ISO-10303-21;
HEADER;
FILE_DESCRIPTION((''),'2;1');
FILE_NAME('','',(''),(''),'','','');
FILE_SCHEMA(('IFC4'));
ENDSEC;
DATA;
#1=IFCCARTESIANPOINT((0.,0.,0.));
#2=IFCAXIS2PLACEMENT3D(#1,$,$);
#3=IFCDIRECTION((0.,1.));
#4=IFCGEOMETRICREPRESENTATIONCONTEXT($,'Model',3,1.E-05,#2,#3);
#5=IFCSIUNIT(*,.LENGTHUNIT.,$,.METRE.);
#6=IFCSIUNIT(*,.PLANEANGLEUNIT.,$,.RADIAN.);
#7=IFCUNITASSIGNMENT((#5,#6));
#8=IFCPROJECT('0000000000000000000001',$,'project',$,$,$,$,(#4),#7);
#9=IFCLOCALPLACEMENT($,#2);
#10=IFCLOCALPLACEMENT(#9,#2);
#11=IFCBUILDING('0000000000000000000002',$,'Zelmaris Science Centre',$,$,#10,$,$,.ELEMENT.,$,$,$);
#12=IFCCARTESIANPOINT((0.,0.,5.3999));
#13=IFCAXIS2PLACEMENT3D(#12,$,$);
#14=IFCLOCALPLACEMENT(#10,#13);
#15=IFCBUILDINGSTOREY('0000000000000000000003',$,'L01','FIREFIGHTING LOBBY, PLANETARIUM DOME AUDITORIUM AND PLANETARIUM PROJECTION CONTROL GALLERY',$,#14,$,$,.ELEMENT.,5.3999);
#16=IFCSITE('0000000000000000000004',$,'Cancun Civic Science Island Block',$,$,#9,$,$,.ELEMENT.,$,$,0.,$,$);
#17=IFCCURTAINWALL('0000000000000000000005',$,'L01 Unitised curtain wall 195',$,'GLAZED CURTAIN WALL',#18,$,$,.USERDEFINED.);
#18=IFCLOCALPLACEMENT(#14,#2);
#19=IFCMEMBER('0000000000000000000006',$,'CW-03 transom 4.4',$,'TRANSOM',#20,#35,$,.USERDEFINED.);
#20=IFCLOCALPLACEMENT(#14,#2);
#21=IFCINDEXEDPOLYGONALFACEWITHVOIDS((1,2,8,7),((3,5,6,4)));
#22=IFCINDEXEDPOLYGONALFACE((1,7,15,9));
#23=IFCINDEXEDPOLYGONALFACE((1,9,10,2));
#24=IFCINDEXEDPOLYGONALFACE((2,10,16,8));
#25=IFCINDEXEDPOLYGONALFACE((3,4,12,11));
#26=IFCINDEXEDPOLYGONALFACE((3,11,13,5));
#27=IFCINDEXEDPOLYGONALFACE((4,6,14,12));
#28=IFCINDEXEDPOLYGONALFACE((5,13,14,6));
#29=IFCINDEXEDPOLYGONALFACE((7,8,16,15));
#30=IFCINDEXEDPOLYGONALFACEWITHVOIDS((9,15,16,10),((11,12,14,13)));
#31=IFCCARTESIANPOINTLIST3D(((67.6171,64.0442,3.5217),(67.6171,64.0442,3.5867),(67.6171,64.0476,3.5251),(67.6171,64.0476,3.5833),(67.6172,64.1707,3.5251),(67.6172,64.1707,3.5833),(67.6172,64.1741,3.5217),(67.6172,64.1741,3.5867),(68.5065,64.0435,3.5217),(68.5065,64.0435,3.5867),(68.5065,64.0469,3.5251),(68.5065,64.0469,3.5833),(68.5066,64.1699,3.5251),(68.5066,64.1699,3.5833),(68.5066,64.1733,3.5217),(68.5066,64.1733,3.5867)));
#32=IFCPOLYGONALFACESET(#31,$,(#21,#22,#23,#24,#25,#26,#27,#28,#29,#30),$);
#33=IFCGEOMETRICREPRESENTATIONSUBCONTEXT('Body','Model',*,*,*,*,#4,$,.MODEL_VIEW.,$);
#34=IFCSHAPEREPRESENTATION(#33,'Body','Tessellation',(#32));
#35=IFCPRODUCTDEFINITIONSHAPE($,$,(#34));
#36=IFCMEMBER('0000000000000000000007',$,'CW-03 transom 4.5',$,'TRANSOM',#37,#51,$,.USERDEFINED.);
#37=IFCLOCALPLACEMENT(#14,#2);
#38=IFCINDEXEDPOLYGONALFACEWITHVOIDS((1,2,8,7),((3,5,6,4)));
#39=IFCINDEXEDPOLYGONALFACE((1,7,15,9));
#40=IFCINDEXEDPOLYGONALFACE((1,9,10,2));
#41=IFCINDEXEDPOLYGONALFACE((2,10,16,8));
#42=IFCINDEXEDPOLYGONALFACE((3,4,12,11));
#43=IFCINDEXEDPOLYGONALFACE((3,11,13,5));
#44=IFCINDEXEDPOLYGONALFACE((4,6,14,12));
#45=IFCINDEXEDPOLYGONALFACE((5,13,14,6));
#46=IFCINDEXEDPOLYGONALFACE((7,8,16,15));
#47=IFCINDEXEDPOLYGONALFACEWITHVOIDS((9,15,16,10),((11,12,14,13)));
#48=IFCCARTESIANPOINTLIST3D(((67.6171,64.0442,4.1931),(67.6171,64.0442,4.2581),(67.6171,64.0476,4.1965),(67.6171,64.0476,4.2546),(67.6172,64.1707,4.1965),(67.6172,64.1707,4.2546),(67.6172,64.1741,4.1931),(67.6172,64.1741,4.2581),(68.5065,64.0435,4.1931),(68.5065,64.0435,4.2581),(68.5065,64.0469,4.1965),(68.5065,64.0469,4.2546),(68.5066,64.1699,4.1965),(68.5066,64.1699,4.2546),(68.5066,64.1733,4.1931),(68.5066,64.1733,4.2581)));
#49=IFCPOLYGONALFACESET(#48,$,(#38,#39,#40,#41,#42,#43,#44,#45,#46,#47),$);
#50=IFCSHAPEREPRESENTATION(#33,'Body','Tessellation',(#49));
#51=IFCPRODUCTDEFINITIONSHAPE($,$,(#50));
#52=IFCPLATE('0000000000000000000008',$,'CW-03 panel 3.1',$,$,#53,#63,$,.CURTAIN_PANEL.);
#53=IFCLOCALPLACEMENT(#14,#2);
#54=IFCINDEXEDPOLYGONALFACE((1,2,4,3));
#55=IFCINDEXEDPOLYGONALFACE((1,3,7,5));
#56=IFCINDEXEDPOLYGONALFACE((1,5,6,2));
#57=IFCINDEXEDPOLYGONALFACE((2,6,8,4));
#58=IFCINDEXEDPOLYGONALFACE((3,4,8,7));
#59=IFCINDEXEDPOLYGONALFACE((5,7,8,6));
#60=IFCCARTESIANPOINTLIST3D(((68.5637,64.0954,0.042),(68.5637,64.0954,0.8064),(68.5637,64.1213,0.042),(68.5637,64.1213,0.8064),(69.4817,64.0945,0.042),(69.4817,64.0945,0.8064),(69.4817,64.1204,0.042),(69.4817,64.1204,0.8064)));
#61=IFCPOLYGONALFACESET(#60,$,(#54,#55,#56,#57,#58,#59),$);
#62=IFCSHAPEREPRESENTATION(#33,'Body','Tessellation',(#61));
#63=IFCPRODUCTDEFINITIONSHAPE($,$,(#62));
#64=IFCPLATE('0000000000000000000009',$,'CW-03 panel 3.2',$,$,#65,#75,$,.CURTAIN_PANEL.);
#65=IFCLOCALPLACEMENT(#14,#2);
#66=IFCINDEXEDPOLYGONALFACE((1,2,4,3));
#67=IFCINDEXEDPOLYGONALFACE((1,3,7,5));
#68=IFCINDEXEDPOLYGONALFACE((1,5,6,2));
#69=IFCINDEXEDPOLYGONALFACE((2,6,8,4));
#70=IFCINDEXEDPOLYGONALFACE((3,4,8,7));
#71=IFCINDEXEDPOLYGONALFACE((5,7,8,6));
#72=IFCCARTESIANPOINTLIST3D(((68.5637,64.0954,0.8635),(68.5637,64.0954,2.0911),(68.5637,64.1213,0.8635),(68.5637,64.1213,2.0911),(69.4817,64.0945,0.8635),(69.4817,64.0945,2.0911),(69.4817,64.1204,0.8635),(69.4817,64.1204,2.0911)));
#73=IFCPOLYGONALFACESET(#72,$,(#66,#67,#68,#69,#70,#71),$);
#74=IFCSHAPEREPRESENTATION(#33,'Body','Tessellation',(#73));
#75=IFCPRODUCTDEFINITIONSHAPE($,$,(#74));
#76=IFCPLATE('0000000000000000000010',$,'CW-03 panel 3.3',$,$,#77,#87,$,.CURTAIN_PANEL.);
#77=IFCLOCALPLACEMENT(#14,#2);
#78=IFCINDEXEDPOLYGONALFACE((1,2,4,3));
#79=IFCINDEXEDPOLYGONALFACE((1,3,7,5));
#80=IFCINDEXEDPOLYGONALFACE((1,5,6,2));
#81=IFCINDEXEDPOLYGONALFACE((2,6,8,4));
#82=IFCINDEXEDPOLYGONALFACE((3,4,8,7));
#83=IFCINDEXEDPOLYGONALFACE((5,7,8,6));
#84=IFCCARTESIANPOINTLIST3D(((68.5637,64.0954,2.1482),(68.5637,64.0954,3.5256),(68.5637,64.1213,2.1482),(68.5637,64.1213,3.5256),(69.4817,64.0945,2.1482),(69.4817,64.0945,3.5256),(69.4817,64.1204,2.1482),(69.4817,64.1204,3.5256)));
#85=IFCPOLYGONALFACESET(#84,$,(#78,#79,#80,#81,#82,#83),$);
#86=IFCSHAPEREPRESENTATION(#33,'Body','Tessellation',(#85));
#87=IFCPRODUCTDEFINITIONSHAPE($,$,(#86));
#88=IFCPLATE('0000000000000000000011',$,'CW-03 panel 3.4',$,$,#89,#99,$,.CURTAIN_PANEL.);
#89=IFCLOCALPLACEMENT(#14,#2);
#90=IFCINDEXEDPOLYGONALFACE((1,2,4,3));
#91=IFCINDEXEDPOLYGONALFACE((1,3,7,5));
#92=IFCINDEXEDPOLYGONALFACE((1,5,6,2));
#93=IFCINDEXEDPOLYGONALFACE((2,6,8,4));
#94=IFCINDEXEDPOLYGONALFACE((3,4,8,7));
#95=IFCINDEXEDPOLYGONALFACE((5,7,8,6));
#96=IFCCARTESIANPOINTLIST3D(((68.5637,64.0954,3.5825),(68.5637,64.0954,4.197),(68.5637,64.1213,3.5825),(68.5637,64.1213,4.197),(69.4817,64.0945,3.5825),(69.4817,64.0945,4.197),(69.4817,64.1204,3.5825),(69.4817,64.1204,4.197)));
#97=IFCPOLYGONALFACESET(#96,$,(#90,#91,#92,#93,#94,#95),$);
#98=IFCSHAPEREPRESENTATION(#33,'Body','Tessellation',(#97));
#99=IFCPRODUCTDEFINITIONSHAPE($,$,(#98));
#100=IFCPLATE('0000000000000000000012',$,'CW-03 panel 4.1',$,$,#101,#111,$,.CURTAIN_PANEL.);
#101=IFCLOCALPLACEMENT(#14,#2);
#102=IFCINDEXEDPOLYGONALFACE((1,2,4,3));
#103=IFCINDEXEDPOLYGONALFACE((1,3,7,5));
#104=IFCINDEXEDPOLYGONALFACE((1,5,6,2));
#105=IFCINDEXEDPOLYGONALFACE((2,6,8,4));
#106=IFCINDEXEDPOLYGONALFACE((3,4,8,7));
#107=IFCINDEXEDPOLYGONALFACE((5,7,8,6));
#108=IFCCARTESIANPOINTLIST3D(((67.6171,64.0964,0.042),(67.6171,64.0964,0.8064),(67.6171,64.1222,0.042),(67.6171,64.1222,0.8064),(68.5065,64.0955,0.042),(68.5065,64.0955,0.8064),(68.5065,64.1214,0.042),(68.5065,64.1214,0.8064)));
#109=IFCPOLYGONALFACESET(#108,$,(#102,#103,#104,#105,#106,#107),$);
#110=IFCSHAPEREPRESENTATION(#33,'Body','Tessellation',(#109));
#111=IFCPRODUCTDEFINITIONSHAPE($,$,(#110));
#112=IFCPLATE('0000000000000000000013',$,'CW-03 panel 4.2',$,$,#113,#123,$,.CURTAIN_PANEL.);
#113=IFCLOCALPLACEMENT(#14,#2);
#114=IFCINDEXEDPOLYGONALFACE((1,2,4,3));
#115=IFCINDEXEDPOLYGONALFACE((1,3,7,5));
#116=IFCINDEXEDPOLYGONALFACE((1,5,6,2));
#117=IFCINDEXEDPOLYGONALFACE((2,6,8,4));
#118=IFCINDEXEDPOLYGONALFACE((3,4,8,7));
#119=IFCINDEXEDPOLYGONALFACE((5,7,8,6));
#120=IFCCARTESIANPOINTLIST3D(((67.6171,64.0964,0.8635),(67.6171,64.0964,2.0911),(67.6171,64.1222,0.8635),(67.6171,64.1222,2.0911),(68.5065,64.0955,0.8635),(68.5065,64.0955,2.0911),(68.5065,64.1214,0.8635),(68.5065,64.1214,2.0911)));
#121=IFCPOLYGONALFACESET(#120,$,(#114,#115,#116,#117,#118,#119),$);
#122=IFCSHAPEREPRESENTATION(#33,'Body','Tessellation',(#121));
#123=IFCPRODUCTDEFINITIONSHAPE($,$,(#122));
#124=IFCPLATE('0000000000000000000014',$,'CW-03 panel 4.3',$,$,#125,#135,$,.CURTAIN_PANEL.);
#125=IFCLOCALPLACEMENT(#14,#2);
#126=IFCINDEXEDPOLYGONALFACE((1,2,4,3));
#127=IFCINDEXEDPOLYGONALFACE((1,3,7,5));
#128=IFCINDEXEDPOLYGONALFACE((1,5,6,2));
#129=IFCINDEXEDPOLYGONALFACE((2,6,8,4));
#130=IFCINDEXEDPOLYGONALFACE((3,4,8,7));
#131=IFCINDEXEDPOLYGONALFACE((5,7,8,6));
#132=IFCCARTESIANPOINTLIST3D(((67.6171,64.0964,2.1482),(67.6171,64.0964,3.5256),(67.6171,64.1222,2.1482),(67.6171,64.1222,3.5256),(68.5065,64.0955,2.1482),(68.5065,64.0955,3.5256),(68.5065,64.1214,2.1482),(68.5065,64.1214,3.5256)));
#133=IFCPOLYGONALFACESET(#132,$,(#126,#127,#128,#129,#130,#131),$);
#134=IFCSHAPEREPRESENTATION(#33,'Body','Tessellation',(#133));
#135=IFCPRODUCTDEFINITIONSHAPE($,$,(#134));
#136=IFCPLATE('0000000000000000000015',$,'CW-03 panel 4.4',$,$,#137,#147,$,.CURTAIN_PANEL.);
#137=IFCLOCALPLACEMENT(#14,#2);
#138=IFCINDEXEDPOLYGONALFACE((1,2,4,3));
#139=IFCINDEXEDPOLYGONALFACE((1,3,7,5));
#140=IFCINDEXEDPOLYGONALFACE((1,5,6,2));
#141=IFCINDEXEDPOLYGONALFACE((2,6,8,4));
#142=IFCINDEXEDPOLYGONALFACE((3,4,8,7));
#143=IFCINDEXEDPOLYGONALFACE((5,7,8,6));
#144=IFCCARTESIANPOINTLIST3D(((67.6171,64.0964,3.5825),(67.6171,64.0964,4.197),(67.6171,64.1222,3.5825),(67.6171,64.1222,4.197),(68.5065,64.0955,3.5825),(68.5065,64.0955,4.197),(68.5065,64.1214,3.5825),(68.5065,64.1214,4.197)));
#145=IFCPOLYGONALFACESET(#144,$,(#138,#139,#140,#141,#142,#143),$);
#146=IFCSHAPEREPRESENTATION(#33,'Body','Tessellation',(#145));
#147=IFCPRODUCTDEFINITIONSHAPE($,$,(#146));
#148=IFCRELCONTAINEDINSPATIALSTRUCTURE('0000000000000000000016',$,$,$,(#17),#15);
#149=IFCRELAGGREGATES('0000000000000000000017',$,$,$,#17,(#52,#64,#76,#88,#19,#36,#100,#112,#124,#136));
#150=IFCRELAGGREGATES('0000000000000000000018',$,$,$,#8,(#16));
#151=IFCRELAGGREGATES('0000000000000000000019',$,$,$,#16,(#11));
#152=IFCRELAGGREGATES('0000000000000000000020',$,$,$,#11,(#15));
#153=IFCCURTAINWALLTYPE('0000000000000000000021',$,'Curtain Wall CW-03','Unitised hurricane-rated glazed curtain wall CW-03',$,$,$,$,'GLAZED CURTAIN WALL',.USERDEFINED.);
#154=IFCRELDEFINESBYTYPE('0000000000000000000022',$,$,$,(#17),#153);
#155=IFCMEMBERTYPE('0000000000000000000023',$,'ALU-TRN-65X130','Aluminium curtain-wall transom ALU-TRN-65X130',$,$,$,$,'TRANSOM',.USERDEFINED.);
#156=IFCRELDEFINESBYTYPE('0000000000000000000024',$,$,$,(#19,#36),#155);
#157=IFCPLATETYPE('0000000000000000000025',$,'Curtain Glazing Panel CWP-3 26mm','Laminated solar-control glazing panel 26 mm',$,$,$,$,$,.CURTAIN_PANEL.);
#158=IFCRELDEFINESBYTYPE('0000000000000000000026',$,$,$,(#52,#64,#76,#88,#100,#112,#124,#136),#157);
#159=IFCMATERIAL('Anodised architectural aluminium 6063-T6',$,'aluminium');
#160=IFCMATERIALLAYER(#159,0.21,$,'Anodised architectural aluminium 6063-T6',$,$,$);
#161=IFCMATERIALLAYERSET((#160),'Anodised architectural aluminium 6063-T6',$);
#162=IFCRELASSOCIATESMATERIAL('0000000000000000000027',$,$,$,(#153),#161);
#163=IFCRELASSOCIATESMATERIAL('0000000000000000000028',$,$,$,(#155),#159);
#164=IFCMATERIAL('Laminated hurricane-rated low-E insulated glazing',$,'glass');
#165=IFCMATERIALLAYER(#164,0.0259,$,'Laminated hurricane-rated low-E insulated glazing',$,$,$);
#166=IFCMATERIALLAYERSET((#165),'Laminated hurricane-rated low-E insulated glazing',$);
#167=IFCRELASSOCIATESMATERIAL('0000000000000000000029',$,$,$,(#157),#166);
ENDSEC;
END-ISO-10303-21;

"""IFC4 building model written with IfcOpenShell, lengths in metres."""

from ifc_helpers import new_model, si_unit, direction, frame, origin, origin_2d, place, context, subcontext, project, spatial, rectangle, hollow_rectangle, extrude, material, layer, layer_set, material_profile, profile_set, type_object, element, aggregate, save


model = new_model("IFC4")

# Units and contexts
model_context = context("Model", 3, precision=1e-05, world=origin(), true_north=direction((0.0, 1.0)))
body_context = subcontext(model_context, "Body", "Model", "MODEL_VIEW")
ifc_project = project(units=[si_unit("LENGTHUNIT", "METRE"), si_unit("PLANEANGLEUNIT", "RADIAN")], contexts=[model_context])

# Site, building, storey
site_placement = place(None, origin())
site = spatial("IfcSite", under=ifc_project, at=site_placement, Name="Cancun Civic Science Island Block", CompositionType="ELEMENT", RefElevation=0.0)
building_placement = place(site_placement, origin())
building = spatial("IfcBuilding", under=site, at=building_placement, Name="Zelmaris Science Centre", CompositionType="ELEMENT")
storey_placement = place(building_placement, frame((0.0, 0.0, 5.3999)))
storey = spatial("IfcBuildingStorey", under=building, at=storey_placement, Name="L01", Description="FIREFIGHTING LOBBY, PLANETARIUM DOME AUDITORIUM AND PLANETARIUM PROJECTION CONTROL GALLERY", CompositionType="ELEMENT", Elevation=5.3999)

# Curtain wall, members, plates
ifc_material_1 = material(Name="Anodised architectural aluminium 6063-T6", Category="aluminium")
ifc_layer_1 = layer(ifc_material_1, 0.21, Name="Anodised architectural aluminium 6063-T6")
ifc_layer_set_1 = layer_set([ifc_layer_1], Name="Anodised architectural aluminium 6063-T6")
curtain_wall_type = type_object("IfcCurtainWallType", Name="Curtain Wall CW-03", Description="Unitised hurricane-rated glazed curtain wall CW-03", ElementType="GLAZED CURTAIN WALL", PredefinedType="USERDEFINED", material=ifc_layer_set_1)
curtain_wall_placement = place(storey_placement, origin())
curtain_wall = element("IfcCurtainWall", 1, at=curtain_wall_placement, inside=storey, type_object=curtain_wall_type, Name="L01 Unitised curtain wall 195", ObjectType="GLAZED CURTAIN WALL", PredefinedType="USERDEFINED")
ifc_material_profile_1 = material_profile(ifc_material_1, hollow_rectangle(XDim=0.0649, YDim=0.1299, WallThickness=0.0034, at=origin_2d()), Name="ALU-TRN-65X130")
ifc_profile_set_1 = profile_set([ifc_material_profile_1], Name="Anodised architectural aluminium 6063-T6")
member_type_1 = type_object("IfcMemberType", Name="ALU-TRN-65X130", Description="Aluminium curtain-wall transom ALU-TRN-65X130", ElementType="TRANSOM", PredefinedType="USERDEFINED", material=ifc_profile_set_1)
member_1_placement = place(storey_placement, frame((68.5066, 64.1084, 3.5542), z_axis=(-1.0, 0.000823, 0.0), x_axis=(0.0, 0.0, 1.0)))
member_1 = element("IfcMember", 2, at=member_1_placement, type_object=member_type_1, Name="CW-03 transom 4.4", ObjectType="TRANSOM", PredefinedType="USERDEFINED", context=body_context, shape_type="SweptSolid", body=[
    extrude(hollow_rectangle(XDim=0.0649, YDim=0.1299, WallThickness=0.0034, at=origin_2d()), origin(), (0.0, 0.0, 1.0), 0.8894),
])
member_2_placement = place(storey_placement, frame((68.5066, 64.1084, 4.2256), z_axis=(-1.0, 0.000823, 0.0), x_axis=(0.0, 0.0, 1.0)))
member_2 = element("IfcMember", 3, at=member_2_placement, type_object=member_type_1, Name="CW-03 transom 4.5", ObjectType="TRANSOM", PredefinedType="USERDEFINED", context=body_context, shape_type="SweptSolid", body=[
    extrude(hollow_rectangle(XDim=0.0649, YDim=0.1299, WallThickness=0.0034, at=origin_2d()), origin(), (0.0, 0.0, 1.0), 0.8894),
])
ifc_material_2 = material(Name="Laminated hurricane-rated low-E insulated glazing", Category="glass")
ifc_layer_2 = layer(ifc_material_2, 0.0259, Name="Laminated hurricane-rated low-E insulated glazing")
ifc_layer_set_2 = layer_set([ifc_layer_2], Name="Laminated hurricane-rated low-E insulated glazing")
plate_type = type_object("IfcPlateType", Name="Curtain Glazing Panel CWP-3 26mm", Description="Laminated solar-control glazing panel 26 mm", PredefinedType="CURTAIN_PANEL", material=ifc_layer_set_2)
plate_1_placement = place(storey_placement, frame((69.0227, 64.1079, 0.042), z_axis=(0.0, 0.0, 1.0), x_axis=(-1.0, 0.000923, 0.0)))
plate_1 = element("IfcPlate", 4, at=plate_1_placement, type_object=plate_type, Name="CW-03 panel 3.1", PredefinedType="CURTAIN_PANEL", context=body_context, shape_type="SweptSolid", body=[
    extrude(rectangle(XDim=0.918, YDim=0.0259, at=origin_2d()), origin(), (0.0, 0.0, 1.0), 0.7644),
])
plate_2_placement = place(storey_placement, frame((69.0227, 64.1079, 0.8635), z_axis=(0.0, 0.0, 1.0), x_axis=(-1.0, 0.000923, 0.0)))
plate_2 = element("IfcPlate", 5, at=plate_2_placement, type_object=plate_type, Name="CW-03 panel 3.2", PredefinedType="CURTAIN_PANEL", context=body_context, shape_type="SweptSolid", body=[
    extrude(rectangle(XDim=0.918, YDim=0.0259, at=origin_2d()), origin(), (0.0, 0.0, 1.0), 1.2275),
])
plate_3_placement = place(storey_placement, frame((69.0227, 64.1079, 2.1482), z_axis=(0.0, 0.0, 1.0), x_axis=(-1.0, 0.000923, 0.0)))
plate_3 = element("IfcPlate", 6, at=plate_3_placement, type_object=plate_type, Name="CW-03 panel 3.3", PredefinedType="CURTAIN_PANEL", context=body_context, shape_type="SweptSolid", body=[
    extrude(rectangle(XDim=0.918, YDim=0.0259, at=origin_2d()), origin(), (0.0, 0.0, 1.0), 1.3774),
])
plate_4_placement = place(storey_placement, frame((69.0227, 64.1079, 3.5825), z_axis=(0.0, 0.0, 1.0), x_axis=(-1.0, 0.000923, 0.0)))
plate_4 = element("IfcPlate", 7, at=plate_4_placement, type_object=plate_type, Name="CW-03 panel 3.4", PredefinedType="CURTAIN_PANEL", context=body_context, shape_type="SweptSolid", body=[
    extrude(rectangle(XDim=0.918, YDim=0.0259, at=origin_2d()), origin(), (0.0, 0.0, 1.0), 0.6145),
])
plate_5_placement = place(storey_placement, frame((68.0618, 64.1089, 0.042), z_axis=(0.0, 0.0, 1.0), x_axis=(-1.0, 0.000923, 0.0)))
plate_5 = element("IfcPlate", 8, at=plate_5_placement, type_object=plate_type, Name="CW-03 panel 4.1", PredefinedType="CURTAIN_PANEL", context=body_context, shape_type="SweptSolid", body=[
    extrude(rectangle(XDim=0.8894, YDim=0.0259, at=origin_2d()), origin(), (0.0, 0.0, 1.0), 0.7644),
])
plate_6_placement = place(storey_placement, frame((68.0618, 64.1089, 0.8635), z_axis=(0.0, 0.0, 1.0), x_axis=(-1.0, 0.000923, 0.0)))
plate_6 = element("IfcPlate", 9, at=plate_6_placement, type_object=plate_type, Name="CW-03 panel 4.2", PredefinedType="CURTAIN_PANEL", context=body_context, shape_type="SweptSolid", body=[
    extrude(rectangle(XDim=0.8894, YDim=0.0259, at=origin_2d()), origin(), (0.0, 0.0, 1.0), 1.2275),
])
plate_7_placement = place(storey_placement, frame((68.0618, 64.1089, 2.1482), z_axis=(0.0, 0.0, 1.0), x_axis=(-1.0, 0.000923, 0.0)))
plate_7 = element("IfcPlate", 10, at=plate_7_placement, type_object=plate_type, Name="CW-03 panel 4.3", PredefinedType="CURTAIN_PANEL", context=body_context, shape_type="SweptSolid", body=[
    extrude(rectangle(XDim=0.8894, YDim=0.0259, at=origin_2d()), origin(), (0.0, 0.0, 1.0), 1.3774),
])
plate_8_placement = place(storey_placement, frame((68.0618, 64.1089, 3.5825), z_axis=(0.0, 0.0, 1.0), x_axis=(-1.0, 0.000923, 0.0)))
plate_8 = element("IfcPlate", 11, at=plate_8_placement, type_object=plate_type, Name="CW-03 panel 4.4", PredefinedType="CURTAIN_PANEL", context=body_context, shape_type="SweptSolid", body=[
    extrude(rectangle(XDim=0.8894, YDim=0.0259, at=origin_2d()), origin(), (0.0, 0.0, 1.0), 0.6145),
])
aggregate(curtain_wall, [plate_1, plate_2, plate_3, plate_4, member_1, member_2, plate_5, plate_6, plate_7, plate_8])

save(model, "model.ifc")
